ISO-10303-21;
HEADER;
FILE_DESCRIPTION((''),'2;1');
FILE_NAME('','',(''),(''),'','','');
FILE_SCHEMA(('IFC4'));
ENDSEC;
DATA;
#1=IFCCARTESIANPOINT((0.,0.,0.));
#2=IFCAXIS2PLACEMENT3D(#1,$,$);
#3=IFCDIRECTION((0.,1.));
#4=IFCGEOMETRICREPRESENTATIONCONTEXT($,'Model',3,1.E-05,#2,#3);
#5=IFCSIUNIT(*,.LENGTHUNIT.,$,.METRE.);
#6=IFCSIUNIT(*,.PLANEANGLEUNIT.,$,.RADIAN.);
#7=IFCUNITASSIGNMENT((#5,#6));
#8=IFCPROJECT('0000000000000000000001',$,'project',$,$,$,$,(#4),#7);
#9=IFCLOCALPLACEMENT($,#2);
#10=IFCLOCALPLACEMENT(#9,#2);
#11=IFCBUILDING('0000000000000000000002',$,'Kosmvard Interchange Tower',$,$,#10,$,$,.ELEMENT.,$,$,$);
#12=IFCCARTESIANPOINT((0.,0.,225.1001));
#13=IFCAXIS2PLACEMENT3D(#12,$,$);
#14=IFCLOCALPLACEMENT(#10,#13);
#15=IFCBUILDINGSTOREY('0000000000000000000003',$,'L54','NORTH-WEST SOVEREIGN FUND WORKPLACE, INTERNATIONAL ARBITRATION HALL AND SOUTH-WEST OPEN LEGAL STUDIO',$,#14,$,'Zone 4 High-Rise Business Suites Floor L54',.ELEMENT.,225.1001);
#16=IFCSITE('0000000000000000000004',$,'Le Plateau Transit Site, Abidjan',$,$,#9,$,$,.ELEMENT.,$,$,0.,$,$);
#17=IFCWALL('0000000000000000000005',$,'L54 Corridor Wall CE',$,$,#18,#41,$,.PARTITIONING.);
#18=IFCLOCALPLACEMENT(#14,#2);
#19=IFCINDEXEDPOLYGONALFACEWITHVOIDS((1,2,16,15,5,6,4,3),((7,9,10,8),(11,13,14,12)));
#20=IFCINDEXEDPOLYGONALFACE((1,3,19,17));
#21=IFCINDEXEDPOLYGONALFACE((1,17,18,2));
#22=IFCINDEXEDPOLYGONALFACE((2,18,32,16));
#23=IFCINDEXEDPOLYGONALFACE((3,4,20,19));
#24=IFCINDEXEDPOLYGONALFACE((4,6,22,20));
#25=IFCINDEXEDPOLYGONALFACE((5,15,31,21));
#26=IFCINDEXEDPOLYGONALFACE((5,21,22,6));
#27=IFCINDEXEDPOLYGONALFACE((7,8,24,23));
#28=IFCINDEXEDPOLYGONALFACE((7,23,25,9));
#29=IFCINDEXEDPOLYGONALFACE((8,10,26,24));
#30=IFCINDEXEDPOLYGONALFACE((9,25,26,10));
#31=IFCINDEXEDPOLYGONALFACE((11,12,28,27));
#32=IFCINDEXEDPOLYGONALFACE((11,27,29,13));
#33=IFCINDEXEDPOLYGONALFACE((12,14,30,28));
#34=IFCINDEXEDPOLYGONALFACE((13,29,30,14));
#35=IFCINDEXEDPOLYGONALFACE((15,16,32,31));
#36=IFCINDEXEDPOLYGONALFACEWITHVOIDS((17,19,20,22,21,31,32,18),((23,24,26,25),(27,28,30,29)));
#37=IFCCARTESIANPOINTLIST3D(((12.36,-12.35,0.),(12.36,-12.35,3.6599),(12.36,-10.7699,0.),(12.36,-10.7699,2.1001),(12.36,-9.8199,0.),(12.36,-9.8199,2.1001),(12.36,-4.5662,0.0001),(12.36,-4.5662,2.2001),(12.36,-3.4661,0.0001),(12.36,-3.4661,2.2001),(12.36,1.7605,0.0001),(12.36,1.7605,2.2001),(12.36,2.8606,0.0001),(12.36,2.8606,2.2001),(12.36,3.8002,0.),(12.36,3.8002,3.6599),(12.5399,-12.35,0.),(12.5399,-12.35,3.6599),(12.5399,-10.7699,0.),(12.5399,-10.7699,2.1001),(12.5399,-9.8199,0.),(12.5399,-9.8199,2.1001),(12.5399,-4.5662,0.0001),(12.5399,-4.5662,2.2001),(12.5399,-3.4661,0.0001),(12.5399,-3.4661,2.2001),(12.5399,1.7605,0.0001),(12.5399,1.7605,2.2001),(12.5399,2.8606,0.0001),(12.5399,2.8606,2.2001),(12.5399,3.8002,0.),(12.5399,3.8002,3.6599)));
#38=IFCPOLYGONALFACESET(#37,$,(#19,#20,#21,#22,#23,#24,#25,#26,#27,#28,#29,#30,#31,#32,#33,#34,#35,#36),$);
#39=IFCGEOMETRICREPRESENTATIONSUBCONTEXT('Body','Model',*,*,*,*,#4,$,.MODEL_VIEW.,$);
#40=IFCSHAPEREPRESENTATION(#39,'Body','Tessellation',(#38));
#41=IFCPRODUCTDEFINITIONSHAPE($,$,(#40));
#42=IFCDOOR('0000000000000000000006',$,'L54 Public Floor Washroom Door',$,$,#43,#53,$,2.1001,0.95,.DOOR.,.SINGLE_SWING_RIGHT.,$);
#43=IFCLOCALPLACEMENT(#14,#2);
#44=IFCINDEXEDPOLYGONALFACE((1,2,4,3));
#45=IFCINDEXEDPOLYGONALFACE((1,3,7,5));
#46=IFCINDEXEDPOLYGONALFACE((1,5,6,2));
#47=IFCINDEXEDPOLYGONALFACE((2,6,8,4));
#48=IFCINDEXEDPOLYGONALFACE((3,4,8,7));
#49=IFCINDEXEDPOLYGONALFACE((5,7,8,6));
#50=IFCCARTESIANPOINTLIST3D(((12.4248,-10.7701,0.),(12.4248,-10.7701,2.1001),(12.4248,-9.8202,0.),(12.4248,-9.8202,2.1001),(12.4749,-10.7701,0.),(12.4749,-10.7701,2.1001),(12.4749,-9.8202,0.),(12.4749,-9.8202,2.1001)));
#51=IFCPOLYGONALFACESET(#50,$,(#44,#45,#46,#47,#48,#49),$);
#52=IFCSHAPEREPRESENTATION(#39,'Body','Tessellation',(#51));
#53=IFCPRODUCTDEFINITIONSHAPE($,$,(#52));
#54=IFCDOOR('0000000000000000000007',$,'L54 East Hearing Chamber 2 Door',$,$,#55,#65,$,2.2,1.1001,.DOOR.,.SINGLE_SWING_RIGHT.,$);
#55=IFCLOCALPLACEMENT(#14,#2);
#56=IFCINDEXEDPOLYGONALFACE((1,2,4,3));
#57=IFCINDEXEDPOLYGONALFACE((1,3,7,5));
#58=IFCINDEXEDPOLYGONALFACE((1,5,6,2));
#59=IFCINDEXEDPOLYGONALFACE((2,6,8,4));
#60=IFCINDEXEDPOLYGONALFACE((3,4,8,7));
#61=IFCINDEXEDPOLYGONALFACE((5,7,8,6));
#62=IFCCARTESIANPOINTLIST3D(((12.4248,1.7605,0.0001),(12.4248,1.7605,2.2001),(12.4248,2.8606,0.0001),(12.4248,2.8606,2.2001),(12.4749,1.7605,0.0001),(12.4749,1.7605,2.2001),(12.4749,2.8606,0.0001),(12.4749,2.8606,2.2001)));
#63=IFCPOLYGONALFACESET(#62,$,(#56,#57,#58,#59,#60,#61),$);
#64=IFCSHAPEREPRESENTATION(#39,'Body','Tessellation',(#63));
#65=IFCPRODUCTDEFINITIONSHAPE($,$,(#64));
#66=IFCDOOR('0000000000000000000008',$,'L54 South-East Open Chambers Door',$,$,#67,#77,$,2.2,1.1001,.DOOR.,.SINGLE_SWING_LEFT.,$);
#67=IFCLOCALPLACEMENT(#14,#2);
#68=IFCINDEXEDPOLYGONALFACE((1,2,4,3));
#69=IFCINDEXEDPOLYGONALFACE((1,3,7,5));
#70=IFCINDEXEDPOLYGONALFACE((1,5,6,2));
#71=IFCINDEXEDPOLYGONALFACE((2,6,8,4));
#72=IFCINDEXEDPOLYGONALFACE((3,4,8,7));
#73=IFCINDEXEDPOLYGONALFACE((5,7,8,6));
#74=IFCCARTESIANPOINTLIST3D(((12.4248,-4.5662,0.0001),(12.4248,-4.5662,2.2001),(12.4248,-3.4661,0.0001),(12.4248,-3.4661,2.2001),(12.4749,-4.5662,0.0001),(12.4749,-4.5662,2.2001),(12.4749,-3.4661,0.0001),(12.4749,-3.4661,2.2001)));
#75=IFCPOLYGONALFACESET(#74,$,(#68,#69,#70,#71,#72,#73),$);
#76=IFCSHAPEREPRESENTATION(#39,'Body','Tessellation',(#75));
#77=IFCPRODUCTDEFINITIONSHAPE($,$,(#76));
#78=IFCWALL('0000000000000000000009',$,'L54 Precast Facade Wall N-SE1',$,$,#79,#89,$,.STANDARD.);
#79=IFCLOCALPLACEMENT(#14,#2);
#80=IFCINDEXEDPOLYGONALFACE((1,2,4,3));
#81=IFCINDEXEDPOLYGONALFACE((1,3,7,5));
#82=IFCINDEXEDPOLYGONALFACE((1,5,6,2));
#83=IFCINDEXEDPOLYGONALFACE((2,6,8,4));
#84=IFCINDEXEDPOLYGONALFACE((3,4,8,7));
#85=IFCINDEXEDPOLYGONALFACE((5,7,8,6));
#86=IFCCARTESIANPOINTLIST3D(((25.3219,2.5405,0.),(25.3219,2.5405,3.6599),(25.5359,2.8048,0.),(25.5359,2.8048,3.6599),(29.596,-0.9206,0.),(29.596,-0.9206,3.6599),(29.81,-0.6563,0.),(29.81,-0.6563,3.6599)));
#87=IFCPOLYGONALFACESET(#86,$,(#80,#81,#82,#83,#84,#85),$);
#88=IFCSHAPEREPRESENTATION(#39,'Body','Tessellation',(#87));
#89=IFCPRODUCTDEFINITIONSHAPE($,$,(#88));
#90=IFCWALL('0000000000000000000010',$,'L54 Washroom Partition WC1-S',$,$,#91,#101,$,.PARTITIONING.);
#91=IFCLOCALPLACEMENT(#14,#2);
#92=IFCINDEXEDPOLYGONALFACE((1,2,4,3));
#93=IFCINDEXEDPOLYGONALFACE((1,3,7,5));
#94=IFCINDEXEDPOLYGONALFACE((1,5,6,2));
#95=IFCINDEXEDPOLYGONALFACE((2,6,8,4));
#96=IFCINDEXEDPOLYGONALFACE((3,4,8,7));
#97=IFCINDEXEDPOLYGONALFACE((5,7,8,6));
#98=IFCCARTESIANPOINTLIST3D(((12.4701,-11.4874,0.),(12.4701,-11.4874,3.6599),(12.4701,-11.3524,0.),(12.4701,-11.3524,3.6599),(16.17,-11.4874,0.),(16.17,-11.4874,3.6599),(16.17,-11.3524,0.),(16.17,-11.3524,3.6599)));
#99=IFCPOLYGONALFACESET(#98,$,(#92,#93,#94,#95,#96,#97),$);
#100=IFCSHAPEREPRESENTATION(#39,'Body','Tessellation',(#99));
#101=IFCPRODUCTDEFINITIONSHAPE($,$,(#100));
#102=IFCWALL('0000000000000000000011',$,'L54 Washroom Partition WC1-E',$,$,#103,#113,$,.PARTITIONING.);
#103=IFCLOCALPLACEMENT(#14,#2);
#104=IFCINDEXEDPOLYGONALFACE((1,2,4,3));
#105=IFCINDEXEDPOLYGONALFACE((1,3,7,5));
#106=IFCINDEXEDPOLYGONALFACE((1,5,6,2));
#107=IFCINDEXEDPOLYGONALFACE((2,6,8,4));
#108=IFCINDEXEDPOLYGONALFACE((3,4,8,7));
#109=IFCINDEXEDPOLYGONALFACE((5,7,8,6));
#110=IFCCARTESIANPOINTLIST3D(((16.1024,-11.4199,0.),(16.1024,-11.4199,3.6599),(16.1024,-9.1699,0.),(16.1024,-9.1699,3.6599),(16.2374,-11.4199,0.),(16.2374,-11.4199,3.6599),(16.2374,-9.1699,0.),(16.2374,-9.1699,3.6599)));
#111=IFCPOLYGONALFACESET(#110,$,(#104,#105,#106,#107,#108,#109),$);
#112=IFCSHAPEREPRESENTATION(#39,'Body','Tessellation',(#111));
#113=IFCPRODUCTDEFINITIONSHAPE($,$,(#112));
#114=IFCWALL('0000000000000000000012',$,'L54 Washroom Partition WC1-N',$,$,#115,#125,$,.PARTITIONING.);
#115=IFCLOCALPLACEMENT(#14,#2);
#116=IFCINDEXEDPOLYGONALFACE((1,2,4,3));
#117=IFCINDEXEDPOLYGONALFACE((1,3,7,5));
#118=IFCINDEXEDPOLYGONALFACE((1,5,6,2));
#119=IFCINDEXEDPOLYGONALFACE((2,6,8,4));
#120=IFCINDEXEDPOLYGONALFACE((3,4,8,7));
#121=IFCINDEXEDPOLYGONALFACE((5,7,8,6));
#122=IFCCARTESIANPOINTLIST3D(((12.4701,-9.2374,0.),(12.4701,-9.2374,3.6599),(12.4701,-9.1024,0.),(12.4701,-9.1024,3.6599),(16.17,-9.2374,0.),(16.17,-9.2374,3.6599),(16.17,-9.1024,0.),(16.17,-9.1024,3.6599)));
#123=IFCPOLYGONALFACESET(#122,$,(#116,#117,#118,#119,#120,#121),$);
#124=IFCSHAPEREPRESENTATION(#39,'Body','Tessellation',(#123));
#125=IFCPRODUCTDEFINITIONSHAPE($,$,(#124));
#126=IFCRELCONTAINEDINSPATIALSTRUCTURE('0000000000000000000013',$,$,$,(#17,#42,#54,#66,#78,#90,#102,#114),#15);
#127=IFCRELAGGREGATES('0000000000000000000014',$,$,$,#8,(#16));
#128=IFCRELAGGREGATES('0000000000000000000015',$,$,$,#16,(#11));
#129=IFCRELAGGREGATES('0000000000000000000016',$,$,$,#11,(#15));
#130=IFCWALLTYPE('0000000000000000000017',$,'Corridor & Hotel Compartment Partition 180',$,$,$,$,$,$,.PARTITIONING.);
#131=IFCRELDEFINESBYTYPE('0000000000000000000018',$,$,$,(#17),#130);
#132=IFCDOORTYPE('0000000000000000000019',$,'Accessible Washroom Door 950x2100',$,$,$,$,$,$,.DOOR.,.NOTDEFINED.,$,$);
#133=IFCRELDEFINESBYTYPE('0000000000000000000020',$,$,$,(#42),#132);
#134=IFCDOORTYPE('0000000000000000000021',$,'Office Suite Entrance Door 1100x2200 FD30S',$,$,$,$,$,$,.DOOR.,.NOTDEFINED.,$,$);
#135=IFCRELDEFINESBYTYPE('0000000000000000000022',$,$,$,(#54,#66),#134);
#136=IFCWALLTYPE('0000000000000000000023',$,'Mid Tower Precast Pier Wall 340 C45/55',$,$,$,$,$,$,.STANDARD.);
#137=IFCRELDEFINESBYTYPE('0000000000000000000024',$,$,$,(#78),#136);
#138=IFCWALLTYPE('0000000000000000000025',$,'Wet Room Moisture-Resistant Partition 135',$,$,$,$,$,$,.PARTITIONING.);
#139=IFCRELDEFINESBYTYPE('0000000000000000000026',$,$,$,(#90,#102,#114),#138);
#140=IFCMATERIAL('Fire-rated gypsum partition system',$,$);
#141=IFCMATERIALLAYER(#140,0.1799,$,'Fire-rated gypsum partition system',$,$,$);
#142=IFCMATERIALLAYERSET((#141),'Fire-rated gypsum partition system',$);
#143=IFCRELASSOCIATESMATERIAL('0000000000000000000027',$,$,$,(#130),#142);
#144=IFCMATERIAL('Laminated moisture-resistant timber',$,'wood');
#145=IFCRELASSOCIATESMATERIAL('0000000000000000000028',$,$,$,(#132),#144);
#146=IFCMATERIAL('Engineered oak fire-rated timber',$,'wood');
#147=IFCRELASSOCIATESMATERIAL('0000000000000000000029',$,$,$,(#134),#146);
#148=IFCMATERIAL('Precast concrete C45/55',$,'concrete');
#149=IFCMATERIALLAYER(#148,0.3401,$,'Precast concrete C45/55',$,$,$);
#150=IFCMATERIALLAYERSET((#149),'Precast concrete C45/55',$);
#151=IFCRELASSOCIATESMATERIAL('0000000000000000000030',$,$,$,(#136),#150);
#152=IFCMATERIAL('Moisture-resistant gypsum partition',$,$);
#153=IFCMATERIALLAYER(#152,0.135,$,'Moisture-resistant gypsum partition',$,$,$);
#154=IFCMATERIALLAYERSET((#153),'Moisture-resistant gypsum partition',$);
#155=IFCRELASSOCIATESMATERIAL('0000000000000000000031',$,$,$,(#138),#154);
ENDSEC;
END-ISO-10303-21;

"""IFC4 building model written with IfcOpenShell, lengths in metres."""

from ifc_helpers import new_model, si_unit, direction, frame, frame_2d, origin, place, context, subcontext, project, spatial, rectangle, extrude, source, transform, mapped, material, layer, layer_set, type_object, element, fill, save


model = new_model("IFC4")

# Units and contexts
model_context = context("Model", 3, precision=1e-05, world=origin(), true_north=direction((0.0, 1.0)))
body_context = subcontext(model_context, "Body", "Model", "MODEL_VIEW")
ifc_project = project(units=[si_unit("LENGTHUNIT", "METRE"), si_unit("PLANEANGLEUNIT", "RADIAN")], contexts=[model_context])

# Site, building, storey
site_placement = place(None, origin())
site = spatial("IfcSite", under=ifc_project, at=site_placement, Name="Le Plateau Transit Site, Abidjan", CompositionType="ELEMENT", RefElevation=0.0)
building_placement = place(site_placement, origin())
building = spatial("IfcBuilding", under=site, at=building_placement, Name="Kosmvard Interchange Tower", CompositionType="ELEMENT")
storey_placement = place(building_placement, frame((0.0, 0.0, 225.1001)))
storey = spatial("IfcBuildingStorey", under=building, at=storey_placement, Name="L54", Description="NORTH-WEST SOVEREIGN FUND WORKPLACE, INTERNATIONAL ARBITRATION HALL AND SOUTH-WEST OPEN LEGAL STUDIO", LongName="Zone 4 High-Rise Business Suites Floor L54", CompositionType="ELEMENT", Elevation=225.1001)

# Shared definitions
ifc_material_1 = material(Name="Precast concrete C45/55", Category="concrete")

# Wall, openings, doors
ifc_material_2 = material(Name="Fire-rated gypsum partition system")
ifc_layer_1 = layer(ifc_material_2, 0.1799, Name="Fire-rated gypsum partition system")
ifc_layer_set_1 = layer_set([ifc_layer_1], Name="Fire-rated gypsum partition system")
wall_type_1 = type_object("IfcWallType", Name="Corridor & Hotel Compartment Partition 180", PredefinedType="PARTITIONING", material=ifc_layer_set_1)
wall_1_placement = place(storey_placement, frame((12.45, -12.3501, 0.0), z_axis=(0.0, 0.0, 1.0), x_axis=(0.0, 1.0, 0.0)))
wall_1 = element("IfcWall", 1, at=wall_1_placement, inside=storey, type_object=wall_type_1, Name="L54 Corridor Wall CE", PredefinedType="PARTITIONING", context=body_context, shape_type="SweptSolid", body=[
    extrude(rectangle(XDim=16.1501, YDim=0.1799, at=frame_2d((8.0752, 0.0))), origin(), (0.0, 0.0, 1.0), 3.6599),
])
opening_1_placement = place(wall_1_placement, frame((1.5801, 0.0, 0.0)))
opening_1 = element("IfcOpeningElement", 2, at=opening_1_placement, cuts=wall_1, PredefinedType="OPENING", context=body_context, shape_type="SweptSolid", body=[
    extrude(rectangle(XDim=0.95, YDim=2.1001, at=frame_2d((0.4751, 1.05))), frame((0.0, 0.1001, 0.0), z_axis=(0.0, -1.0, 0.0), x_axis=(1.0, 0.0, 0.0)), (0.0, 0.0, 1.0), 0.2),
])
opening_2_placement = place(wall_1_placement, frame((14.1106, 0.0, 0.0)))
opening_2 = element("IfcOpeningElement", 3, at=opening_2_placement, cuts=wall_1, PredefinedType="OPENING", context=body_context, shape_type="SweptSolid", body=[
    extrude(rectangle(XDim=1.1001, YDim=2.2, at=frame_2d((0.55, 1.1001))), frame((0.0, 0.1001, 0.0), z_axis=(0.0, -1.0, 0.0), x_axis=(1.0, 0.0, 0.0)), (0.0, 0.0, 1.0), 0.2),
])
opening_3_placement = place(wall_1_placement, frame((7.7839, 0.0, 0.0)))
opening_3 = element("IfcOpeningElement", 4, at=opening_3_placement, cuts=wall_1, PredefinedType="OPENING", context=body_context, shape_type="SweptSolid", body=[
    extrude(rectangle(XDim=1.1001, YDim=2.2, at=frame_2d((0.55, 1.1001))), frame((0.0, 0.1001, 0.0), z_axis=(0.0, -1.0, 0.0), x_axis=(1.0, 0.0, 0.0)), (0.0, 0.0, 1.0), 0.2),
])
ifc_material_3 = material(Name="Laminated moisture-resistant timber", Category="wood")
door_type_1 = type_object("IfcDoorType", Name="Accessible Washroom Door 950x2100", OperationType="NOTDEFINED", PredefinedType="DOOR", material=ifc_material_3)
shared_shape_1 = source(origin(), body_context, "Body", "SweptSolid", [
    extrude(rectangle(XDim=0.95, YDim=2.1001, at=frame_2d((0.4751, 1.05))), frame((0.0, 0.0249, 0.0), z_axis=(0.0, -1.0, 0.0), x_axis=(1.0, 0.0, 0.0)), (0.0, 0.0, 1.0), 0.05),
])
door_1_placement = place(opening_1_placement, frame((0.95, 0.0, 0.0), z_axis=(0.0, 0.0, 1.0), x_axis=(-1.0, 0.0, 0.0)))
door_1 = element("IfcDoor", 5, at=door_1_placement, inside=storey, type_object=door_type_1, Name="L54 Public Floor Washroom Door", OperationType="SINGLE_SWING_RIGHT", OverallHeight=2.1001, OverallWidth=0.95, PredefinedType="DOOR", context=body_context, shape_type="MappedRepresentation", body=[
    mapped(shared_shape_1, transform((0.0, 0.0, 0.0), scale=1.0)),
])
fill(opening_1, door_1)
ifc_material_4 = material(Name="Engineered oak fire-rated timber", Category="wood")
door_type_2 = type_object("IfcDoorType", Name="Office Suite Entrance Door 1100x2200 FD30S", OperationType="NOTDEFINED", PredefinedType="DOOR", material=ifc_material_4)
shared_shape_2 = source(origin(), body_context, "Body", "SweptSolid", [
    extrude(rectangle(XDim=1.1001, YDim=2.2, at=frame_2d((0.55, 1.1001))), frame((0.0, 0.0249, 0.0), z_axis=(0.0, -1.0, 0.0), x_axis=(1.0, 0.0, 0.0)), (0.0, 0.0, 1.0), 0.05),
])
door_2_placement = place(opening_2_placement, frame((1.1001, 0.0, 0.0), z_axis=(0.0, 0.0, 1.0), x_axis=(-1.0, 0.0, 0.0)))
door_2 = element("IfcDoor", 6, at=door_2_placement, inside=storey, type_object=door_type_2, Name="L54 East Hearing Chamber 2 Door", OperationType="SINGLE_SWING_RIGHT", OverallHeight=2.2, OverallWidth=1.1001, PredefinedType="DOOR", context=body_context, shape_type="MappedRepresentation", body=[
    mapped(shared_shape_2, transform((0.0, 0.0, 0.0), scale=1.0)),
])
fill(opening_2, door_2)
door_3_placement = place(opening_3_placement, frame((1.1001, 0.0, 0.0), z_axis=(0.0, 0.0, 1.0), x_axis=(-1.0, 0.0, 0.0)))
door_3 = element("IfcDoor", 7, at=door_3_placement, inside=storey, type_object=door_type_2, Name="L54 South-East Open Chambers Door", OperationType="SINGLE_SWING_LEFT", OverallHeight=2.2, OverallWidth=1.1001, PredefinedType="DOOR", context=body_context, shape_type="MappedRepresentation", body=[
    mapped(shared_shape_2, transform((0.0, 0.0, 0.0), scale=1.0)),
])
fill(opening_3, door_3)

# Walls
ifc_layer_2 = layer(ifc_material_1, 0.3401, Name="Precast concrete C45/55")
ifc_layer_set_2 = layer_set([ifc_layer_2], Name="Precast concrete C45/55")
wall_type_2 = type_object("IfcWallType", Name="Mid Tower Precast Pier Wall 340 C45/55", PredefinedType="STANDARD", material=ifc_layer_set_2)
wall_2_placement = place(storey_placement, frame((29.7031, -0.7886, 0.0), z_axis=(0.0, 0.0, 1.0), x_axis=(-0.777144, 0.629323, 0.0)))
element("IfcWall", 8, at=wall_2_placement, inside=storey, type_object=wall_type_2, Name="L54 Precast Facade Wall N-SE1", PredefinedType="STANDARD", context=body_context, shape_type="SweptSolid", body=[
    extrude(rectangle(XDim=5.4998, YDim=0.3401, at=frame_2d((2.75, 0.0))), origin(), (0.0, 0.0, 1.0), 3.6599),
])
ifc_material_5 = material(Name="Moisture-resistant gypsum partition")
ifc_layer_3 = layer(ifc_material_5, 0.135, Name="Moisture-resistant gypsum partition")
ifc_layer_set_3 = layer_set([ifc_layer_3], Name="Moisture-resistant gypsum partition")
wall_type_3 = type_object("IfcWallType", Name="Wet Room Moisture-Resistant Partition 135", PredefinedType="PARTITIONING", material=ifc_layer_set_3)
wall_3_placement = place(storey_placement, frame((12.47, -11.4199, 0.0), z_axis=(0.0, 0.0, 1.0), x_axis=(1.0, 0.0, 0.0)))
element("IfcWall", 9, at=wall_3_placement, inside=storey, type_object=wall_type_3, Name="L54 Washroom Partition WC1-S", PredefinedType="PARTITIONING", context=body_context, shape_type="SweptSolid", body=[
    extrude(rectangle(XDim=3.7, YDim=0.135, at=frame_2d((1.8501, 0.0))), origin(), (0.0, 0.0, 1.0), 3.6599),
])
wall_4_placement = place(storey_placement, frame((16.1699, -11.4199, 0.0), z_axis=(0.0, 0.0, 1.0), x_axis=(0.0, 1.0, 0.0)))
element("IfcWall", 10, at=wall_4_placement, inside=storey, type_object=wall_type_3, Name="L54 Washroom Partition WC1-E", PredefinedType="PARTITIONING", context=body_context, shape_type="SweptSolid", body=[
    extrude(rectangle(XDim=2.25, YDim=0.135, at=frame_2d((1.125, 0.0))), origin(), (0.0, 0.0, 1.0), 3.6599),
])
wall_5_placement = place(storey_placement, frame((12.47, -9.1699, 0.0), z_axis=(0.0, 0.0, 1.0), x_axis=(1.0, 0.0, 0.0)))
element("IfcWall", 11, at=wall_5_placement, inside=storey, type_object=wall_type_3, Name="L54 Washroom Partition WC1-N", PredefinedType="PARTITIONING", context=body_context, shape_type="SweptSolid", body=[
    extrude(rectangle(XDim=3.7, YDim=0.135, at=frame_2d((1.8501, 0.0))), origin(), (0.0, 0.0, 1.0), 3.6599),
])

save(model, "model.ifc")
